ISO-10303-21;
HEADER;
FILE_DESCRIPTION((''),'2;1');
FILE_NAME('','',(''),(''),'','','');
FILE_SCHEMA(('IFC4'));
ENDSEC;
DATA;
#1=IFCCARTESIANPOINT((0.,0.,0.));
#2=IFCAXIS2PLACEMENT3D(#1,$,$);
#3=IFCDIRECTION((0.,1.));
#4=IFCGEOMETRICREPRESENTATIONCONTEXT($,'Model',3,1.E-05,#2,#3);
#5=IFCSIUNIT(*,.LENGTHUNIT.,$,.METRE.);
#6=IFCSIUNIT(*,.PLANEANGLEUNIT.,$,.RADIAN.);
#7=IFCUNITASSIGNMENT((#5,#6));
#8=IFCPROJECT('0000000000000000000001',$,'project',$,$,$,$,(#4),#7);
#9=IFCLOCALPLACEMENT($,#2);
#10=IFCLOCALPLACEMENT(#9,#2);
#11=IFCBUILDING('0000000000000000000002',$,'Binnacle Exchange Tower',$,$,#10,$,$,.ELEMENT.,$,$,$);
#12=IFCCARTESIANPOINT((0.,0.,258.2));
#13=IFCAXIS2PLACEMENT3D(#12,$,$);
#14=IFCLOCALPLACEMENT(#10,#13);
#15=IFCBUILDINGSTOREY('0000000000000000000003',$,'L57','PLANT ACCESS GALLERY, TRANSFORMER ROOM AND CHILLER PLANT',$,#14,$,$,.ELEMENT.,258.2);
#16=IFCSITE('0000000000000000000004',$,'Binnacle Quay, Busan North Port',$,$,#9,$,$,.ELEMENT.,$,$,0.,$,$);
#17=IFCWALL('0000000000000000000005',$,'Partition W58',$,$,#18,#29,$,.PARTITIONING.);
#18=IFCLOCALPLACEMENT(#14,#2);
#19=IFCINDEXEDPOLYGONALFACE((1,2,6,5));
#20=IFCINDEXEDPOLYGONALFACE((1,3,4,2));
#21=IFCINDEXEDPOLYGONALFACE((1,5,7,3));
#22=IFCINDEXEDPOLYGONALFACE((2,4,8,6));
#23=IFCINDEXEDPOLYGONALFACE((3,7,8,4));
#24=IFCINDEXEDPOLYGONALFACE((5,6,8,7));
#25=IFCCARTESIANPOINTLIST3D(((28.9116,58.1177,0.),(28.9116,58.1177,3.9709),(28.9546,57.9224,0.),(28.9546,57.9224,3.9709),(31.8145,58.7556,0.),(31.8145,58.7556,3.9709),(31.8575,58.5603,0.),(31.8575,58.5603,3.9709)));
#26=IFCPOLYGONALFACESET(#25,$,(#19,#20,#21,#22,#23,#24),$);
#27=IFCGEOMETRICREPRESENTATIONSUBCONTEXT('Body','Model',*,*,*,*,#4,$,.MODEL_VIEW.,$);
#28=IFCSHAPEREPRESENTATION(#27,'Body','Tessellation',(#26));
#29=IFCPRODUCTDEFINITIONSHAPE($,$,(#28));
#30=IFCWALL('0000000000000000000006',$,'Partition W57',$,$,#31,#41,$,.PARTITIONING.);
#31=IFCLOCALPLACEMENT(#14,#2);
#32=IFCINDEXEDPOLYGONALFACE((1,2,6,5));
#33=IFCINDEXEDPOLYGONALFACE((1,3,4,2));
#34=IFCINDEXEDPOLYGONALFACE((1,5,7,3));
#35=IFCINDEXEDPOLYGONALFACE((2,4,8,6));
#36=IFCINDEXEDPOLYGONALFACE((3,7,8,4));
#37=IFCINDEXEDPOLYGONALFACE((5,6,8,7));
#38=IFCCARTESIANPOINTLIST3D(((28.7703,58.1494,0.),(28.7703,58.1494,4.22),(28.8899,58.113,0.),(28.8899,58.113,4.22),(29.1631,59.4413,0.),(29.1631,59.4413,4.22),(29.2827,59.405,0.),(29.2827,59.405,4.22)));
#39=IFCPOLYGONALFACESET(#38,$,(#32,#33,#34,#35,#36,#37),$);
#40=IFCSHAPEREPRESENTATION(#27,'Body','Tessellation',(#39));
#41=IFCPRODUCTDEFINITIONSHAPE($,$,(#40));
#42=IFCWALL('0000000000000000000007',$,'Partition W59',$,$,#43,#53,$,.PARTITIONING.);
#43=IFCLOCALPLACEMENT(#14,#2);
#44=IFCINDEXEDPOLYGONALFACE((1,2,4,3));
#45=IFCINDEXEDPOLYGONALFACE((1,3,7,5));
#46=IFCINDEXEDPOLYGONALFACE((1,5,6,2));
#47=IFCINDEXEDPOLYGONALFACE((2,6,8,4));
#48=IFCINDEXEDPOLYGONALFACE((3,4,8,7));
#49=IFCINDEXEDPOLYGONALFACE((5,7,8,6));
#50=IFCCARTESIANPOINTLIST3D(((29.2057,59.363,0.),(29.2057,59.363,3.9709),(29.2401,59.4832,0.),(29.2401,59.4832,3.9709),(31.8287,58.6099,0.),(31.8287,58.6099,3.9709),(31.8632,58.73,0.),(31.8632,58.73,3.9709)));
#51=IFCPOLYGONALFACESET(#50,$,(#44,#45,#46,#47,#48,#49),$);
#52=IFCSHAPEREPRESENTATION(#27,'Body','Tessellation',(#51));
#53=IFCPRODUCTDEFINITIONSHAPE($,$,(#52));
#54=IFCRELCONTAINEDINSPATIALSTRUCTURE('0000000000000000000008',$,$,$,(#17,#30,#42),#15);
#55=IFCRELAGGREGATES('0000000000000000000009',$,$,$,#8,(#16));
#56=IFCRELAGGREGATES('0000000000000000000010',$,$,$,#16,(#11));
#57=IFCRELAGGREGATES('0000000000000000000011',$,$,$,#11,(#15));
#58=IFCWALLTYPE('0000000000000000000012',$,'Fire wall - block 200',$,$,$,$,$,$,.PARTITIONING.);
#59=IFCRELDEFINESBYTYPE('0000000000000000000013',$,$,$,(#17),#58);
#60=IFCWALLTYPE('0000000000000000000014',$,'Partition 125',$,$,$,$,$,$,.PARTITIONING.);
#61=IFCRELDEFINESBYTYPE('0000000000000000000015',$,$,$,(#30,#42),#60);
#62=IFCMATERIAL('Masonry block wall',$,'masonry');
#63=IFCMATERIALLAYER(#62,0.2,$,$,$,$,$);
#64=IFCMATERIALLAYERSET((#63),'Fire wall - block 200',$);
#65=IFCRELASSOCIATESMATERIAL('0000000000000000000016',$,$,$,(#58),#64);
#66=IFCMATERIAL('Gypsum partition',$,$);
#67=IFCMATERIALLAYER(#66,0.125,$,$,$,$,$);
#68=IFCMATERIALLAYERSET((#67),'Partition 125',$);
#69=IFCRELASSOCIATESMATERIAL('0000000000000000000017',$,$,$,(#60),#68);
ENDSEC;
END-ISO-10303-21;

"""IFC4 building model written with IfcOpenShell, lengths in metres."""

from ifc_helpers import new_model, si_unit, direction, frame, frame_2d, origin, place, context, subcontext, project, spatial, rectangle, extrude, material, layer, layer_set, type_object, element, save


model = new_model("IFC4")

# Units and contexts
model_context = context("Model", 3, precision=1e-05, world=origin(), true_north=direction((0.0, 1.0)))
body_context = subcontext(model_context, "Body", "Model", "MODEL_VIEW")
ifc_project = project(units=[si_unit("LENGTHUNIT", "METRE"), si_unit("PLANEANGLEUNIT", "RADIAN")], contexts=[model_context])

# Site, building, storey
site_placement = place(None, origin())
site = spatial("IfcSite", under=ifc_project, at=site_placement, Name="Binnacle Quay, Busan North Port", CompositionType="ELEMENT", RefElevation=0.0)
building_placement = place(site_placement, origin())
building = spatial("IfcBuilding", under=site, at=building_placement, Name="Binnacle Exchange Tower", CompositionType="ELEMENT")
storey_placement = place(building_placement, frame((0.0, 0.0, 258.2)))
storey = spatial("IfcBuildingStorey", under=building, at=storey_placement, Name="L57", Description="PLANT ACCESS GALLERY, TRANSFORMER ROOM AND CHILLER PLANT", CompositionType="ELEMENT", Elevation=258.2)

# Walls
ifc_material_1 = material(Name="Masonry block wall", Category="masonry")
ifc_layer_1 = layer(ifc_material_1, 0.2)
ifc_layer_set_1 = layer_set([ifc_layer_1], Name="Fire wall - block 200")
wall_type_1 = type_object("IfcWallType", Name="Fire wall - block 200", PredefinedType="PARTITIONING", material=ifc_layer_set_1)
wall_1_placement = place(storey_placement, frame((28.9331, 58.02, 0.0), z_axis=(0.0, 0.0, 1.0), x_axis=(0.976693, 0.214642, 0.0)))
element("IfcWall", 1, at=wall_1_placement, inside=storey, type_object=wall_type_1, Name="Partition W58", PredefinedType="PARTITIONING", context=body_context, shape_type="SweptSolid", body=[
    extrude(rectangle(XDim=2.9722, YDim=0.2, at=frame_2d((1.4861, 0.0))), origin(), (0.0, 0.0, 1.0), 3.9709),
])
ifc_material_2 = material(Name="Gypsum partition")
ifc_layer_2 = layer(ifc_material_2, 0.125)
ifc_layer_set_2 = layer_set([ifc_layer_2], Name="Partition 125")
wall_type_2 = type_object("IfcWallType", Name="Partition 125", PredefinedType="PARTITIONING", material=ifc_layer_set_2)
wall_2_placement = place(storey_placement, frame((28.8301, 58.1311, 0.0), z_axis=(0.0, 0.0, 1.0), x_axis=(0.290895, 0.956755, 0.0)))
element("IfcWall", 2, at=wall_2_placement, inside=storey, type_object=wall_type_2, Name="Partition W57", PredefinedType="PARTITIONING", context=body_context, shape_type="SweptSolid", body=[
    extrude(rectangle(XDim=1.3503, YDim=0.125, at=frame_2d((0.6753, 0.0))), origin(), (0.0, 0.0, 1.0), 4.22),
])
wall_3_placement = place(storey_placement, frame((29.2229, 59.4231, 0.0), z_axis=(0.0, 0.0, 1.0), x_axis=(0.961162, -0.275985, 0.0)))
element("IfcWall", 3, at=wall_3_placement, inside=storey, type_object=wall_type_2, Name="Partition W59", PredefinedType="PARTITIONING", context=body_context, shape_type="SweptSolid", body=[
    extrude(rectangle(XDim=2.729, YDim=0.125, at=frame_2d((1.3645, 0.0))), origin(), (0.0, 0.0, 1.0), 3.9709),
])

save(model, "model.ifc")
